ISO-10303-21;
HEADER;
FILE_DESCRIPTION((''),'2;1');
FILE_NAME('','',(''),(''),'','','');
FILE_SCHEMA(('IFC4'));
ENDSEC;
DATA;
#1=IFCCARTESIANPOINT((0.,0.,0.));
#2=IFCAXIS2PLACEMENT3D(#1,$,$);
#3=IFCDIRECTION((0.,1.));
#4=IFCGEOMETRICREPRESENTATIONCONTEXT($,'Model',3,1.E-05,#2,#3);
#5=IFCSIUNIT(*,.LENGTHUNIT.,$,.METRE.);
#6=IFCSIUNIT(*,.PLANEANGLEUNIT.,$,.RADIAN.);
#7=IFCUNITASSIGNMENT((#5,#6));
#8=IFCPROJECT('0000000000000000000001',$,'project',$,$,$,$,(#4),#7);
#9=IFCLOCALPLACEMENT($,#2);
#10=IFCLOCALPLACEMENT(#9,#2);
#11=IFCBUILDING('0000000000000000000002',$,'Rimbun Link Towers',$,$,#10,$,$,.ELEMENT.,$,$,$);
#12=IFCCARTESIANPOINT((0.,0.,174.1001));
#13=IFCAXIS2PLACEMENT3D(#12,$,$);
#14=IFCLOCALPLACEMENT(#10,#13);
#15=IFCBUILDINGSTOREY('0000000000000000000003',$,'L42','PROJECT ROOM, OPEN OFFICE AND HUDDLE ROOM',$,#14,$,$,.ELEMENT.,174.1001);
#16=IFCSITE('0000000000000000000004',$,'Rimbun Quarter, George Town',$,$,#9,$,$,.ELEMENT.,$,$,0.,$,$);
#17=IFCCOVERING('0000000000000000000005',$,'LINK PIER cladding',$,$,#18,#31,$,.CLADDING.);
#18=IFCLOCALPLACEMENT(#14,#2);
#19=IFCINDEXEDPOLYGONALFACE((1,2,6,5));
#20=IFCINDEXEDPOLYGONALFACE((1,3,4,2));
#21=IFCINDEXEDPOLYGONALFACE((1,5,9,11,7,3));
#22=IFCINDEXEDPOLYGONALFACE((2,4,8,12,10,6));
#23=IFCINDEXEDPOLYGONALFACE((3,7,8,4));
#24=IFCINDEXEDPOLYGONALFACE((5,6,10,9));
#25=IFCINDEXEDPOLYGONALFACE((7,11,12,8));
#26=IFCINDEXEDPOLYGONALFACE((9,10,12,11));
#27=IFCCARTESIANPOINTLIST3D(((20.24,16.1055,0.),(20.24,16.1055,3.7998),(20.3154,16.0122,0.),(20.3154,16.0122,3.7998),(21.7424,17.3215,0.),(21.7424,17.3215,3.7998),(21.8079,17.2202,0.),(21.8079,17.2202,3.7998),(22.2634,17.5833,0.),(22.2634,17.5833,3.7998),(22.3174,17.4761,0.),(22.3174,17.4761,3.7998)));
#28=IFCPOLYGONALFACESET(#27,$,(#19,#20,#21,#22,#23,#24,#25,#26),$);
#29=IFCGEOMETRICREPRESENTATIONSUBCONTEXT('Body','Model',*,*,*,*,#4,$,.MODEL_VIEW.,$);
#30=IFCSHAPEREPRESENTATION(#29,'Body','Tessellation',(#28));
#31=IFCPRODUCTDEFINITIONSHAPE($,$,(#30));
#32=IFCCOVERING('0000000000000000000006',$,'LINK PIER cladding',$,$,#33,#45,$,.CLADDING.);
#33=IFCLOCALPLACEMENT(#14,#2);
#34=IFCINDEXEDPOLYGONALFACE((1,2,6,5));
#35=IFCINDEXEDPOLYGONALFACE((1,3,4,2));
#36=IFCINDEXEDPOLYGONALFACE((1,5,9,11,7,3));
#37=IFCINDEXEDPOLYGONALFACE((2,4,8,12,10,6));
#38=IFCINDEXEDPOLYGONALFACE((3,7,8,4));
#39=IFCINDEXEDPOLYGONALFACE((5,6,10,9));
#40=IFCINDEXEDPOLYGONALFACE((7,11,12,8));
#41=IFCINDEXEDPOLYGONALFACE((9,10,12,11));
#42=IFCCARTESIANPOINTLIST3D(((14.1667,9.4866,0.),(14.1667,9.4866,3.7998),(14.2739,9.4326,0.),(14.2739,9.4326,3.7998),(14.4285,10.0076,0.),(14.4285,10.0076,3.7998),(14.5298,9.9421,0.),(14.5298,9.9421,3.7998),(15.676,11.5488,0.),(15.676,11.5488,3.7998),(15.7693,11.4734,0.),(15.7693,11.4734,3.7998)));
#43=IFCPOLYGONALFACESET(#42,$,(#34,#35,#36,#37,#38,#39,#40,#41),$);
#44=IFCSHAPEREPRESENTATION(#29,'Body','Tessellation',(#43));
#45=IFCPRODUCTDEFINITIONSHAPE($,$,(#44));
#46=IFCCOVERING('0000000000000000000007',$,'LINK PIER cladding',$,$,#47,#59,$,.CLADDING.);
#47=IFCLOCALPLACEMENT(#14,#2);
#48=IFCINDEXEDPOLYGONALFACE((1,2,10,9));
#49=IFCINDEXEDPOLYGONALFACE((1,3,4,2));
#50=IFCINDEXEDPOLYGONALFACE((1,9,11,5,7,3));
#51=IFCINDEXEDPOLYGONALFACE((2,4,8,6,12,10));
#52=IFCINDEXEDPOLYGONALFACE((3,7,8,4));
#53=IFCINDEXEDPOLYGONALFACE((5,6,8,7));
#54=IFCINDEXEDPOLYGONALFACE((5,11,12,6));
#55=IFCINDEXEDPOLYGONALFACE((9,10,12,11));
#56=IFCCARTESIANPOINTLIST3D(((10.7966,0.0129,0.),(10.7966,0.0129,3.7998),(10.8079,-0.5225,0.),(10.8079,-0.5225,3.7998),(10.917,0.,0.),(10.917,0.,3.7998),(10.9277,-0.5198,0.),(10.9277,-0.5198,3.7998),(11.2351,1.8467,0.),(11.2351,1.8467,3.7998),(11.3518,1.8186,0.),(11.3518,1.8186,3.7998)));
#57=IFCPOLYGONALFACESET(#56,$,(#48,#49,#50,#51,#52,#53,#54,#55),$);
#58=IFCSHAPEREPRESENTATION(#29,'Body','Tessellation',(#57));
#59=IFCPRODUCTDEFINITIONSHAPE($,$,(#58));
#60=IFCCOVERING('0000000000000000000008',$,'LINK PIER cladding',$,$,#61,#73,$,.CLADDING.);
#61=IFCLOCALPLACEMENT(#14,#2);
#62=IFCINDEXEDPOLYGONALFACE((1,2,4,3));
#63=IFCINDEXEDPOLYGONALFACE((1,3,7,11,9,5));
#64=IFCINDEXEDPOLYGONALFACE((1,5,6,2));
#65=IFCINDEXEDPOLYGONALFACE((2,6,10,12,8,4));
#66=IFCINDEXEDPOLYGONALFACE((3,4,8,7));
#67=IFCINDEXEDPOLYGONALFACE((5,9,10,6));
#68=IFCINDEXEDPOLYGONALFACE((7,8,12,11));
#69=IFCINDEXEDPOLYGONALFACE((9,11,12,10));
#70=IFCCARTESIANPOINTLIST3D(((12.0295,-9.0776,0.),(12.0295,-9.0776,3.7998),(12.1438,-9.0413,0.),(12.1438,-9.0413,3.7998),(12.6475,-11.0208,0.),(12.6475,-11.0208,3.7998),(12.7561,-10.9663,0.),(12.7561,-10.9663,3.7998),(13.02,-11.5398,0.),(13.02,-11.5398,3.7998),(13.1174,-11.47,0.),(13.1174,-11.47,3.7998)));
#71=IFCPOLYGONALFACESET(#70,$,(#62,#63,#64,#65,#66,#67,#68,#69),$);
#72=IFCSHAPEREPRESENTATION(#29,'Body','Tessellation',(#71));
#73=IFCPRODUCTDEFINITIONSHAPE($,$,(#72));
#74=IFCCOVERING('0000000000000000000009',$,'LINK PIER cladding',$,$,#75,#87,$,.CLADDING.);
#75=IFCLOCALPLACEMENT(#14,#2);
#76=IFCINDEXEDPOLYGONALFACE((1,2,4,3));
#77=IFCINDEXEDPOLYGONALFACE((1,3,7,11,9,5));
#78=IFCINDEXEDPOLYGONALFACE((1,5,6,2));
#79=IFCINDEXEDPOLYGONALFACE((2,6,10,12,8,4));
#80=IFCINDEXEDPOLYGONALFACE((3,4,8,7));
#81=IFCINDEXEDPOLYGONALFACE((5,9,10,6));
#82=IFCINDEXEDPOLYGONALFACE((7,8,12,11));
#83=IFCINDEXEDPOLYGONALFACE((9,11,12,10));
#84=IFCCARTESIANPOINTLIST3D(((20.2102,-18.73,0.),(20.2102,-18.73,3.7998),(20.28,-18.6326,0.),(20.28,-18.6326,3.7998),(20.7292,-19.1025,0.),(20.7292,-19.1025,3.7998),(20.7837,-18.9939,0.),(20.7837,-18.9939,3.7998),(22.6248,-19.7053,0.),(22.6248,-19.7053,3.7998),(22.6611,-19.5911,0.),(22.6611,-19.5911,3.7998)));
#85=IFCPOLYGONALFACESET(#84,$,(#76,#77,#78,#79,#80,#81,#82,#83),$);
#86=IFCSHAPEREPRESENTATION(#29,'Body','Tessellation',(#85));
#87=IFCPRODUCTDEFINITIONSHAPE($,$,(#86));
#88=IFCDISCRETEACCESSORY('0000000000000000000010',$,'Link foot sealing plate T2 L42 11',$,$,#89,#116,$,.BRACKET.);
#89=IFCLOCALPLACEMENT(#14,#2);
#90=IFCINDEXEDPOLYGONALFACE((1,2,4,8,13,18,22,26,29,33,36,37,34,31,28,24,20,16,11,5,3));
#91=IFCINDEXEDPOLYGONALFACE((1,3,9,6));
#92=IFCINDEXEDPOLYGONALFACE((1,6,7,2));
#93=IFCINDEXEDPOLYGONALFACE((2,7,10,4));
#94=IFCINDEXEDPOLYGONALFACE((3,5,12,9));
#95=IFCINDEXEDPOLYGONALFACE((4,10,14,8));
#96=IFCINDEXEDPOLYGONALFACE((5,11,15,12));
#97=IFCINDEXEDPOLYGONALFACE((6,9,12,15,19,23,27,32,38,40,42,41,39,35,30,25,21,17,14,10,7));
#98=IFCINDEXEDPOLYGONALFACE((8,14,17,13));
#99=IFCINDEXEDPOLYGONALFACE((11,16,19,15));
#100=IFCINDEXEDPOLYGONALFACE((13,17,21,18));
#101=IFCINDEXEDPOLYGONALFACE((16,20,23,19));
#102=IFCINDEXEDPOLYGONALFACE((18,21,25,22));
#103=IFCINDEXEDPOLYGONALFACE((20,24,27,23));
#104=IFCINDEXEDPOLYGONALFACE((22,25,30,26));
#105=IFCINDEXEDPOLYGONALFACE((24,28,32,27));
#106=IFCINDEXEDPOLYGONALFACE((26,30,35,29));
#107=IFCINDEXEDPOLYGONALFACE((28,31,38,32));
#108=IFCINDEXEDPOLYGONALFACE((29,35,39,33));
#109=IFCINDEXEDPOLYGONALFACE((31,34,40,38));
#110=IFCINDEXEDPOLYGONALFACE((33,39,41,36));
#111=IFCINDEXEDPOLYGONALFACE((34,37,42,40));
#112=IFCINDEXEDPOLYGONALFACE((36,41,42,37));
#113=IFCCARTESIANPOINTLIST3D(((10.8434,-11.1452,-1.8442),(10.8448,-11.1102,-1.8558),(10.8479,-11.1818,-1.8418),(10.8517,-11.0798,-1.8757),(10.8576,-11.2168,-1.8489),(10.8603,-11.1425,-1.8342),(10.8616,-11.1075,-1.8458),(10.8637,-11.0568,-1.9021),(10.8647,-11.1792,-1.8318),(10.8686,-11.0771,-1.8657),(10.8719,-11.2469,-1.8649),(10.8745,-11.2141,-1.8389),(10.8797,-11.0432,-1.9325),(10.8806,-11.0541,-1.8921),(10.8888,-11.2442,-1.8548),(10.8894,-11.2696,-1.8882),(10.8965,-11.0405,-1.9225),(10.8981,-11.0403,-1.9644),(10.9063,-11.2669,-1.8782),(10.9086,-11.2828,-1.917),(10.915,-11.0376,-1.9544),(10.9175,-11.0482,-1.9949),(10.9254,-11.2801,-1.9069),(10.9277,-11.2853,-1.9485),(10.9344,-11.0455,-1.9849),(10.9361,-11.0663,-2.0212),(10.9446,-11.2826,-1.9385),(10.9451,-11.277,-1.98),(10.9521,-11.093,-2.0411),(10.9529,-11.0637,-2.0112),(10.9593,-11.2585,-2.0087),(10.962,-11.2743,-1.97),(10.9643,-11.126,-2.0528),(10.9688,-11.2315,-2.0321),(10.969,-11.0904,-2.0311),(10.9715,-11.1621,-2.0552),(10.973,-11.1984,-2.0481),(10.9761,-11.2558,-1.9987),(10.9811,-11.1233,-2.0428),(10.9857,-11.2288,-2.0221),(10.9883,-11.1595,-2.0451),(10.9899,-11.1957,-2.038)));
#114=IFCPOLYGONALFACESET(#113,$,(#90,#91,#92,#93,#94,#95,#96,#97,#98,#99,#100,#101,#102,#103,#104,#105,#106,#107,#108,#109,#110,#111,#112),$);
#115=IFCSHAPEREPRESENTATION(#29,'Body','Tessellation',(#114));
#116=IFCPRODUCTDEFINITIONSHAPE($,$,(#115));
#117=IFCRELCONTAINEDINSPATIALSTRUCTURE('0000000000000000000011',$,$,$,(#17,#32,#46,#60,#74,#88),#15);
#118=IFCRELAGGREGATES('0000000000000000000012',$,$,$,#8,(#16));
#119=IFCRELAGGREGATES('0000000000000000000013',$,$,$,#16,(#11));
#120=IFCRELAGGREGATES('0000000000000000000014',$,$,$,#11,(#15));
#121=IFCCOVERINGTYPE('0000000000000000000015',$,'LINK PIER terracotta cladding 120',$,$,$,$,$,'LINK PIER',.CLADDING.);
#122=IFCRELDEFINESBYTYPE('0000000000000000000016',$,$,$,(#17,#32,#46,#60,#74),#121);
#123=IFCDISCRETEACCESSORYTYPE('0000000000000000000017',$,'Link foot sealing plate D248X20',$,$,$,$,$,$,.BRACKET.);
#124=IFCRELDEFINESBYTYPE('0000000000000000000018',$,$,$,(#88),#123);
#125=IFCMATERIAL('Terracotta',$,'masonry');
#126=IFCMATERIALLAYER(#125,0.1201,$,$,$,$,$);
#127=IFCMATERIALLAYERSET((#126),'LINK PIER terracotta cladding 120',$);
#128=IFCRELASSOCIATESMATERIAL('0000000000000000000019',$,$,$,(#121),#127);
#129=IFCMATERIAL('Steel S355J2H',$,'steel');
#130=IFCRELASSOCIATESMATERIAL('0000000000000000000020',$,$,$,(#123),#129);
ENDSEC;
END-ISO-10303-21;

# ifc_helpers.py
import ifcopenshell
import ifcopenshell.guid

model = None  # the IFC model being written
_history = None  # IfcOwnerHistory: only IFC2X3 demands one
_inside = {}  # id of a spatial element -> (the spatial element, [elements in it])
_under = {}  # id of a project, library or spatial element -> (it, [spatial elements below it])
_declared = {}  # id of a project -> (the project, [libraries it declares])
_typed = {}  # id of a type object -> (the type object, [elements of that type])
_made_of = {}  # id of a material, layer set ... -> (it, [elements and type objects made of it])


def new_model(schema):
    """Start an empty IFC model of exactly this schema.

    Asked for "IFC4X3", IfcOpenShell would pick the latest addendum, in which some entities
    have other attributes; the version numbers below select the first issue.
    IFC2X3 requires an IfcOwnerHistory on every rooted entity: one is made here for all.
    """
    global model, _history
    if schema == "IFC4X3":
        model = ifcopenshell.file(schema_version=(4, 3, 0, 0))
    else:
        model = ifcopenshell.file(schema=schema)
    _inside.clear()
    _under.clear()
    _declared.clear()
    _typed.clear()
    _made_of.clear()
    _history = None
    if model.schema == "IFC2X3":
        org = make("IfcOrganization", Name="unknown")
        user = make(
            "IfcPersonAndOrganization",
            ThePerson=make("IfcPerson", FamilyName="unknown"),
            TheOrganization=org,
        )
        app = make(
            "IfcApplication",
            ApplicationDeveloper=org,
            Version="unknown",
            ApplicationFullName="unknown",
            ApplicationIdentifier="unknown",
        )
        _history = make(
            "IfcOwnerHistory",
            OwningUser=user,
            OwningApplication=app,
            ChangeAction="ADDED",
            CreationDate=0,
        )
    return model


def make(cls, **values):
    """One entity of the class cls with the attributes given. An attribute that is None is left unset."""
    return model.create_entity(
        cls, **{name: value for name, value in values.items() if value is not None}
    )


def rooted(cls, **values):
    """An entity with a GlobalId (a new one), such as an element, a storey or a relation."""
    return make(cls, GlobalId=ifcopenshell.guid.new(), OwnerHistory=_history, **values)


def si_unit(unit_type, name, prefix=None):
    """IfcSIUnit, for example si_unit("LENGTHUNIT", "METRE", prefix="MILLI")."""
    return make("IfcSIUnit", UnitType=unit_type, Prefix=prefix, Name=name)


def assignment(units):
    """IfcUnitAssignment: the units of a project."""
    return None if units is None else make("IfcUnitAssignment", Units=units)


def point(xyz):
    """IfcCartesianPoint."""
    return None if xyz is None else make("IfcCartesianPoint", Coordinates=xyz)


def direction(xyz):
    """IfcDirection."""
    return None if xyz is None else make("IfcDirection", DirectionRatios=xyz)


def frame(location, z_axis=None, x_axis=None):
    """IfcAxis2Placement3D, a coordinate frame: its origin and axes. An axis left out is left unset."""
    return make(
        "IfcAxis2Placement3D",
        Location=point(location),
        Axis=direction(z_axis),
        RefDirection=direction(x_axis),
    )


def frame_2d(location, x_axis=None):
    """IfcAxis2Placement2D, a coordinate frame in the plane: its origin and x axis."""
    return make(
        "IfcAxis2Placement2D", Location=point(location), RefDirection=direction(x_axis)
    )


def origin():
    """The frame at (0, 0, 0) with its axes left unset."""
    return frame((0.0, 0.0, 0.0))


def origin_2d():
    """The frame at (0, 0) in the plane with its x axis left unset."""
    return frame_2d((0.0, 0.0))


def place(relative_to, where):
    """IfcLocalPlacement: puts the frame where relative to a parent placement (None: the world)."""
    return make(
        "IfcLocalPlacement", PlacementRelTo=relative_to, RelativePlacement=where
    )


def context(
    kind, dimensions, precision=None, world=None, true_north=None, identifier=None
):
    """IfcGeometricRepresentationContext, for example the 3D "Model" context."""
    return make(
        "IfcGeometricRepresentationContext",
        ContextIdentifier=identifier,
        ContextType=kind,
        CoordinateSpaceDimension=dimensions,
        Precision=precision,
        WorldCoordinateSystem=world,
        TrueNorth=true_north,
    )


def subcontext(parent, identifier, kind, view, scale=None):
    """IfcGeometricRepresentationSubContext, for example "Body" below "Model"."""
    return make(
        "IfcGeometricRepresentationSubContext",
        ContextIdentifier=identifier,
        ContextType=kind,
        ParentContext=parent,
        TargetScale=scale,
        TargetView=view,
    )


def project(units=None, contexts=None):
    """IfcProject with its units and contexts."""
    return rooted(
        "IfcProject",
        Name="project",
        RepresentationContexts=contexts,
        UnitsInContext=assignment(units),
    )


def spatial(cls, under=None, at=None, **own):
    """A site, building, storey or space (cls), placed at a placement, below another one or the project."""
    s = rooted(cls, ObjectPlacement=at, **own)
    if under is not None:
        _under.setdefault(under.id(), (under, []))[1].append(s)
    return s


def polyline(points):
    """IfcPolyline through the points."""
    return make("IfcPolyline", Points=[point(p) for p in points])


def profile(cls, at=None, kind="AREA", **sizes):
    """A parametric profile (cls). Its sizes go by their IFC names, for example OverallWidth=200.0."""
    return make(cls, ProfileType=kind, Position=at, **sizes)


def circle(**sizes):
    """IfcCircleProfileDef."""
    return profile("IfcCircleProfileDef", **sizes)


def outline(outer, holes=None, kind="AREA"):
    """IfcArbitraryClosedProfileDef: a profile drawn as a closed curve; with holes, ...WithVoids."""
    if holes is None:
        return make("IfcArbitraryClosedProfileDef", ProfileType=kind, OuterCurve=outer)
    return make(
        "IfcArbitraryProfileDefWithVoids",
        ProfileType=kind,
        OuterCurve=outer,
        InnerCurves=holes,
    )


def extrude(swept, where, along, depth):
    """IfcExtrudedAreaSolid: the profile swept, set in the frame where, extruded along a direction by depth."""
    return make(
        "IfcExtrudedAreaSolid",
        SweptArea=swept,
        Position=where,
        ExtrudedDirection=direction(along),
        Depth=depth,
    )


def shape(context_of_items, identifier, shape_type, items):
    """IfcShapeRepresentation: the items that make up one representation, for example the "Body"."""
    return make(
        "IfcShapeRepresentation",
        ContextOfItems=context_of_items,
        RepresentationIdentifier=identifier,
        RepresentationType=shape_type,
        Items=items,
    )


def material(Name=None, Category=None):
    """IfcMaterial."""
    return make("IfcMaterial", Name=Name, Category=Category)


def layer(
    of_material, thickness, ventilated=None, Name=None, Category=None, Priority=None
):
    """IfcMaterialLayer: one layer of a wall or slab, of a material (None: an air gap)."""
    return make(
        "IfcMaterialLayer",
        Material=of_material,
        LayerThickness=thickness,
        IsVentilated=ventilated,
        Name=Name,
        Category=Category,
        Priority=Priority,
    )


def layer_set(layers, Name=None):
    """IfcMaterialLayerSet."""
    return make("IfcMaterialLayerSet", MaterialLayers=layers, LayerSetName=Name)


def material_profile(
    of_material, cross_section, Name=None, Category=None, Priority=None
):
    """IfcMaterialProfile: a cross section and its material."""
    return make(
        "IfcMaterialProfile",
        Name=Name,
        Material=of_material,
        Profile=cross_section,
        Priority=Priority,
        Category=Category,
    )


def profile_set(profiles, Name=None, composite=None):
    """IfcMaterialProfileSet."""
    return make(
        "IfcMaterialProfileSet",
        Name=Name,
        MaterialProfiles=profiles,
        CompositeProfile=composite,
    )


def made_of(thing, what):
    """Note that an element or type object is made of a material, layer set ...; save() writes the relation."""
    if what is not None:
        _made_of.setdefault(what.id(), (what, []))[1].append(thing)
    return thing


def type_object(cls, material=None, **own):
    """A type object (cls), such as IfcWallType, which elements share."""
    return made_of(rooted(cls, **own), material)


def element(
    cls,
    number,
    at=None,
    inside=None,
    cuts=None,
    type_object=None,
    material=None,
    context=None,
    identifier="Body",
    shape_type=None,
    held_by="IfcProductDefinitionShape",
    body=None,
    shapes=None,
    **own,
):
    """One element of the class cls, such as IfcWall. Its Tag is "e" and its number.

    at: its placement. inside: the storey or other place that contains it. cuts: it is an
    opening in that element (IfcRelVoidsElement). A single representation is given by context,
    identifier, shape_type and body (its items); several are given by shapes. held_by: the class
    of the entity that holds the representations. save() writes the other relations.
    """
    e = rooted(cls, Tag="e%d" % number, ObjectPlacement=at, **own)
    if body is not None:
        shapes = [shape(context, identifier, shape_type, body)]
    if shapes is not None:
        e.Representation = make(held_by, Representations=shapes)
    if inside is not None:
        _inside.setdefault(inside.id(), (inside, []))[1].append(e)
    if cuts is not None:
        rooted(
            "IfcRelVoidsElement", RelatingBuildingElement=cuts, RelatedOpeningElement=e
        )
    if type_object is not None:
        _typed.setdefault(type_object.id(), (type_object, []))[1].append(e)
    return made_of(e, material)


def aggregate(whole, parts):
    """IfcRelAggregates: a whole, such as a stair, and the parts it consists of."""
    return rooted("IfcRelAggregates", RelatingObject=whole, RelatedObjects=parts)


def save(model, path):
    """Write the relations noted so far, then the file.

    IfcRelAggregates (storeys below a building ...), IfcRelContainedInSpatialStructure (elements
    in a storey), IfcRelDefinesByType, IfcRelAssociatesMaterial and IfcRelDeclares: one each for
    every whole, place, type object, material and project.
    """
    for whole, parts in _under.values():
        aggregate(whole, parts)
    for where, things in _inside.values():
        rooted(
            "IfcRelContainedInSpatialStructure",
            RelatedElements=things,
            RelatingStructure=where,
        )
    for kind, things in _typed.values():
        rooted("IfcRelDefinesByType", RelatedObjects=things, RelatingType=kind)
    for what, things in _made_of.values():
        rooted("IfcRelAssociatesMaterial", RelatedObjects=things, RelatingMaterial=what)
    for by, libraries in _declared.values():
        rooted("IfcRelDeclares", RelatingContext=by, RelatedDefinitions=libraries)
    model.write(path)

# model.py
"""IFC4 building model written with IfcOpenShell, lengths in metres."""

from ifc_helpers import new_model, si_unit, direction, frame, origin, origin_2d, place, context, subcontext, project, spatial, polyline, circle, outline, extrude, material, layer, layer_set, material_profile, profile_set, type_object, element, save


model = new_model("IFC4")

# Units and contexts
model_context = context("Model", 3, precision=1e-05, world=origin(), true_north=direction((0.0, 1.0)))
body_context = subcontext(model_context, "Body", "Model", "MODEL_VIEW")
ifc_project = project(units=[si_unit("LENGTHUNIT", "METRE"), si_unit("PLANEANGLEUNIT", "RADIAN")], contexts=[model_context])

# Site, building, storey
site_placement = place(None, origin())
site = spatial("IfcSite", under=ifc_project, at=site_placement, Name="Rimbun Quarter, George Town", CompositionType="ELEMENT", RefElevation=0.0)
building_placement = place(site_placement, origin())
building = spatial("IfcBuilding", under=site, at=building_placement, Name="Rimbun Link Towers", CompositionType="ELEMENT")
storey_placement = place(building_placement, frame((0.0, 0.0, 174.1001)))
storey = spatial("IfcBuildingStorey", under=building, at=storey_placement, Name="L42", Description="PROJECT ROOM, OPEN OFFICE AND HUDDLE ROOM", CompositionType="ELEMENT", Elevation=174.1001)

# Coverings
ifc_material_1 = material(Name="Terracotta", Category="masonry")
ifc_layer_1 = layer(ifc_material_1, 0.1201)
ifc_layer_set_1 = layer_set([ifc_layer_1], Name="LINK PIER terracotta cladding 120")
covering_type_1 = type_object("IfcCoveringType", Name="LINK PIER terracotta cladding 120", ElementType="LINK PIER", PredefinedType="CLADDING", material=ifc_layer_set_1)
covering_1_placement = place(storey_placement, origin())
element("IfcCovering", 1, at=covering_1_placement, inside=storey, type_object=covering_type_1, Name="LINK PIER cladding", PredefinedType="CLADDING", context=body_context, shape_type="SweptSolid", body=[
    extrude(outline(polyline([(20.3154, 16.0122), (21.8079, 17.2202), (22.3174, 17.4761), (22.2634, 17.5833), (21.7424, 17.3215), (20.24, 16.1055), (20.3154, 16.0122)])), origin(), (0.0, 0.0, 1.0), 3.7998),
])
covering_2_placement = place(storey_placement, origin())
element("IfcCovering", 2, at=covering_2_placement, inside=storey, type_object=covering_type_1, Name="LINK PIER cladding", PredefinedType="CLADDING", context=body_context, shape_type="SweptSolid", body=[
    extrude(outline(polyline([(14.2739, 9.4326), (14.5298, 9.9421), (15.7693, 11.4734), (15.676, 11.5488), (14.4285, 10.0076), (14.1667, 9.4866), (14.2739, 9.4326)])), origin(), (0.0, 0.0, 1.0), 3.7998),
])
covering_3_placement = place(storey_placement, origin())
element("IfcCovering", 3, at=covering_3_placement, inside=storey, type_object=covering_type_1, Name="LINK PIER cladding", PredefinedType="CLADDING", context=body_context, shape_type="SweptSolid", body=[
    extrude(outline(polyline([(10.9277, -0.5198), (10.917, 0.0), (11.3518, 1.8186), (11.2351, 1.8467), (10.7966, 0.0129), (10.8079, -0.5225), (10.9277, -0.5198)])), origin(), (0.0, 0.0, 1.0), 3.7998),
])
covering_4_placement = place(storey_placement, origin())
element("IfcCovering", 4, at=covering_4_placement, inside=storey, type_object=covering_type_1, Name="LINK PIER cladding", PredefinedType="CLADDING", context=body_context, shape_type="SweptSolid", body=[
    extrude(outline(polyline([(13.1174, -11.47), (12.7561, -10.9663), (12.1438, -9.0413), (12.0295, -9.0776), (12.6475, -11.0208), (13.02, -11.5398), (13.1174, -11.47)])), origin(), (0.0, 0.0, 1.0), 3.7998),
])
covering_5_placement = place(storey_placement, origin())
element("IfcCovering", 5, at=covering_5_placement, inside=storey, type_object=covering_type_1, Name="LINK PIER cladding", PredefinedType="CLADDING", context=body_context, shape_type="SweptSolid", body=[
    extrude(outline(polyline([(22.6611, -19.5911), (20.7837, -18.9939), (20.28, -18.6326), (20.2102, -18.73), (20.7292, -19.1025), (22.6248, -19.7053), (22.6611, -19.5911)])), origin(), (0.0, 0.0, 1.0), 3.7998),
])

# Discrete accessory
ifc_material_2 = material(Name="Steel S355J2H", Category="steel")
ifc_material_profile_1 = material_profile(ifc_material_2, circle(Radius=0.124, at=origin_2d()), Name="PL D248")
ifc_profile_set_1 = profile_set([ifc_material_profile_1], Name="Steel S355J2H")
discrete_accessory_type = type_object("IfcDiscreteAccessoryType", Name="Link foot sealing plate D248X20", PredefinedType="BRACKET", material=ifc_profile_set_1)
discrete_accessory_placement = place(storey_placement, frame((10.925, -11.1602, -1.9385), z_axis=(-0.851722, -0.135782, -0.506096), x_axis=(0.157432, -0.98753, 0.0)))
element("IfcDiscreteAccessory", 6, at=discrete_accessory_placement, inside=storey, type_object=discrete_accessory_type, Name="Link foot sealing plate T2 L42 11", PredefinedType="BRACKET", context=body_context, shape_type="SweptSolid", body=[
    extrude(circle(Radius=0.124, at=origin_2d()), origin(), (0.0, 0.0, 1.0), 0.0198),
])

save(model, "model.ifc")
